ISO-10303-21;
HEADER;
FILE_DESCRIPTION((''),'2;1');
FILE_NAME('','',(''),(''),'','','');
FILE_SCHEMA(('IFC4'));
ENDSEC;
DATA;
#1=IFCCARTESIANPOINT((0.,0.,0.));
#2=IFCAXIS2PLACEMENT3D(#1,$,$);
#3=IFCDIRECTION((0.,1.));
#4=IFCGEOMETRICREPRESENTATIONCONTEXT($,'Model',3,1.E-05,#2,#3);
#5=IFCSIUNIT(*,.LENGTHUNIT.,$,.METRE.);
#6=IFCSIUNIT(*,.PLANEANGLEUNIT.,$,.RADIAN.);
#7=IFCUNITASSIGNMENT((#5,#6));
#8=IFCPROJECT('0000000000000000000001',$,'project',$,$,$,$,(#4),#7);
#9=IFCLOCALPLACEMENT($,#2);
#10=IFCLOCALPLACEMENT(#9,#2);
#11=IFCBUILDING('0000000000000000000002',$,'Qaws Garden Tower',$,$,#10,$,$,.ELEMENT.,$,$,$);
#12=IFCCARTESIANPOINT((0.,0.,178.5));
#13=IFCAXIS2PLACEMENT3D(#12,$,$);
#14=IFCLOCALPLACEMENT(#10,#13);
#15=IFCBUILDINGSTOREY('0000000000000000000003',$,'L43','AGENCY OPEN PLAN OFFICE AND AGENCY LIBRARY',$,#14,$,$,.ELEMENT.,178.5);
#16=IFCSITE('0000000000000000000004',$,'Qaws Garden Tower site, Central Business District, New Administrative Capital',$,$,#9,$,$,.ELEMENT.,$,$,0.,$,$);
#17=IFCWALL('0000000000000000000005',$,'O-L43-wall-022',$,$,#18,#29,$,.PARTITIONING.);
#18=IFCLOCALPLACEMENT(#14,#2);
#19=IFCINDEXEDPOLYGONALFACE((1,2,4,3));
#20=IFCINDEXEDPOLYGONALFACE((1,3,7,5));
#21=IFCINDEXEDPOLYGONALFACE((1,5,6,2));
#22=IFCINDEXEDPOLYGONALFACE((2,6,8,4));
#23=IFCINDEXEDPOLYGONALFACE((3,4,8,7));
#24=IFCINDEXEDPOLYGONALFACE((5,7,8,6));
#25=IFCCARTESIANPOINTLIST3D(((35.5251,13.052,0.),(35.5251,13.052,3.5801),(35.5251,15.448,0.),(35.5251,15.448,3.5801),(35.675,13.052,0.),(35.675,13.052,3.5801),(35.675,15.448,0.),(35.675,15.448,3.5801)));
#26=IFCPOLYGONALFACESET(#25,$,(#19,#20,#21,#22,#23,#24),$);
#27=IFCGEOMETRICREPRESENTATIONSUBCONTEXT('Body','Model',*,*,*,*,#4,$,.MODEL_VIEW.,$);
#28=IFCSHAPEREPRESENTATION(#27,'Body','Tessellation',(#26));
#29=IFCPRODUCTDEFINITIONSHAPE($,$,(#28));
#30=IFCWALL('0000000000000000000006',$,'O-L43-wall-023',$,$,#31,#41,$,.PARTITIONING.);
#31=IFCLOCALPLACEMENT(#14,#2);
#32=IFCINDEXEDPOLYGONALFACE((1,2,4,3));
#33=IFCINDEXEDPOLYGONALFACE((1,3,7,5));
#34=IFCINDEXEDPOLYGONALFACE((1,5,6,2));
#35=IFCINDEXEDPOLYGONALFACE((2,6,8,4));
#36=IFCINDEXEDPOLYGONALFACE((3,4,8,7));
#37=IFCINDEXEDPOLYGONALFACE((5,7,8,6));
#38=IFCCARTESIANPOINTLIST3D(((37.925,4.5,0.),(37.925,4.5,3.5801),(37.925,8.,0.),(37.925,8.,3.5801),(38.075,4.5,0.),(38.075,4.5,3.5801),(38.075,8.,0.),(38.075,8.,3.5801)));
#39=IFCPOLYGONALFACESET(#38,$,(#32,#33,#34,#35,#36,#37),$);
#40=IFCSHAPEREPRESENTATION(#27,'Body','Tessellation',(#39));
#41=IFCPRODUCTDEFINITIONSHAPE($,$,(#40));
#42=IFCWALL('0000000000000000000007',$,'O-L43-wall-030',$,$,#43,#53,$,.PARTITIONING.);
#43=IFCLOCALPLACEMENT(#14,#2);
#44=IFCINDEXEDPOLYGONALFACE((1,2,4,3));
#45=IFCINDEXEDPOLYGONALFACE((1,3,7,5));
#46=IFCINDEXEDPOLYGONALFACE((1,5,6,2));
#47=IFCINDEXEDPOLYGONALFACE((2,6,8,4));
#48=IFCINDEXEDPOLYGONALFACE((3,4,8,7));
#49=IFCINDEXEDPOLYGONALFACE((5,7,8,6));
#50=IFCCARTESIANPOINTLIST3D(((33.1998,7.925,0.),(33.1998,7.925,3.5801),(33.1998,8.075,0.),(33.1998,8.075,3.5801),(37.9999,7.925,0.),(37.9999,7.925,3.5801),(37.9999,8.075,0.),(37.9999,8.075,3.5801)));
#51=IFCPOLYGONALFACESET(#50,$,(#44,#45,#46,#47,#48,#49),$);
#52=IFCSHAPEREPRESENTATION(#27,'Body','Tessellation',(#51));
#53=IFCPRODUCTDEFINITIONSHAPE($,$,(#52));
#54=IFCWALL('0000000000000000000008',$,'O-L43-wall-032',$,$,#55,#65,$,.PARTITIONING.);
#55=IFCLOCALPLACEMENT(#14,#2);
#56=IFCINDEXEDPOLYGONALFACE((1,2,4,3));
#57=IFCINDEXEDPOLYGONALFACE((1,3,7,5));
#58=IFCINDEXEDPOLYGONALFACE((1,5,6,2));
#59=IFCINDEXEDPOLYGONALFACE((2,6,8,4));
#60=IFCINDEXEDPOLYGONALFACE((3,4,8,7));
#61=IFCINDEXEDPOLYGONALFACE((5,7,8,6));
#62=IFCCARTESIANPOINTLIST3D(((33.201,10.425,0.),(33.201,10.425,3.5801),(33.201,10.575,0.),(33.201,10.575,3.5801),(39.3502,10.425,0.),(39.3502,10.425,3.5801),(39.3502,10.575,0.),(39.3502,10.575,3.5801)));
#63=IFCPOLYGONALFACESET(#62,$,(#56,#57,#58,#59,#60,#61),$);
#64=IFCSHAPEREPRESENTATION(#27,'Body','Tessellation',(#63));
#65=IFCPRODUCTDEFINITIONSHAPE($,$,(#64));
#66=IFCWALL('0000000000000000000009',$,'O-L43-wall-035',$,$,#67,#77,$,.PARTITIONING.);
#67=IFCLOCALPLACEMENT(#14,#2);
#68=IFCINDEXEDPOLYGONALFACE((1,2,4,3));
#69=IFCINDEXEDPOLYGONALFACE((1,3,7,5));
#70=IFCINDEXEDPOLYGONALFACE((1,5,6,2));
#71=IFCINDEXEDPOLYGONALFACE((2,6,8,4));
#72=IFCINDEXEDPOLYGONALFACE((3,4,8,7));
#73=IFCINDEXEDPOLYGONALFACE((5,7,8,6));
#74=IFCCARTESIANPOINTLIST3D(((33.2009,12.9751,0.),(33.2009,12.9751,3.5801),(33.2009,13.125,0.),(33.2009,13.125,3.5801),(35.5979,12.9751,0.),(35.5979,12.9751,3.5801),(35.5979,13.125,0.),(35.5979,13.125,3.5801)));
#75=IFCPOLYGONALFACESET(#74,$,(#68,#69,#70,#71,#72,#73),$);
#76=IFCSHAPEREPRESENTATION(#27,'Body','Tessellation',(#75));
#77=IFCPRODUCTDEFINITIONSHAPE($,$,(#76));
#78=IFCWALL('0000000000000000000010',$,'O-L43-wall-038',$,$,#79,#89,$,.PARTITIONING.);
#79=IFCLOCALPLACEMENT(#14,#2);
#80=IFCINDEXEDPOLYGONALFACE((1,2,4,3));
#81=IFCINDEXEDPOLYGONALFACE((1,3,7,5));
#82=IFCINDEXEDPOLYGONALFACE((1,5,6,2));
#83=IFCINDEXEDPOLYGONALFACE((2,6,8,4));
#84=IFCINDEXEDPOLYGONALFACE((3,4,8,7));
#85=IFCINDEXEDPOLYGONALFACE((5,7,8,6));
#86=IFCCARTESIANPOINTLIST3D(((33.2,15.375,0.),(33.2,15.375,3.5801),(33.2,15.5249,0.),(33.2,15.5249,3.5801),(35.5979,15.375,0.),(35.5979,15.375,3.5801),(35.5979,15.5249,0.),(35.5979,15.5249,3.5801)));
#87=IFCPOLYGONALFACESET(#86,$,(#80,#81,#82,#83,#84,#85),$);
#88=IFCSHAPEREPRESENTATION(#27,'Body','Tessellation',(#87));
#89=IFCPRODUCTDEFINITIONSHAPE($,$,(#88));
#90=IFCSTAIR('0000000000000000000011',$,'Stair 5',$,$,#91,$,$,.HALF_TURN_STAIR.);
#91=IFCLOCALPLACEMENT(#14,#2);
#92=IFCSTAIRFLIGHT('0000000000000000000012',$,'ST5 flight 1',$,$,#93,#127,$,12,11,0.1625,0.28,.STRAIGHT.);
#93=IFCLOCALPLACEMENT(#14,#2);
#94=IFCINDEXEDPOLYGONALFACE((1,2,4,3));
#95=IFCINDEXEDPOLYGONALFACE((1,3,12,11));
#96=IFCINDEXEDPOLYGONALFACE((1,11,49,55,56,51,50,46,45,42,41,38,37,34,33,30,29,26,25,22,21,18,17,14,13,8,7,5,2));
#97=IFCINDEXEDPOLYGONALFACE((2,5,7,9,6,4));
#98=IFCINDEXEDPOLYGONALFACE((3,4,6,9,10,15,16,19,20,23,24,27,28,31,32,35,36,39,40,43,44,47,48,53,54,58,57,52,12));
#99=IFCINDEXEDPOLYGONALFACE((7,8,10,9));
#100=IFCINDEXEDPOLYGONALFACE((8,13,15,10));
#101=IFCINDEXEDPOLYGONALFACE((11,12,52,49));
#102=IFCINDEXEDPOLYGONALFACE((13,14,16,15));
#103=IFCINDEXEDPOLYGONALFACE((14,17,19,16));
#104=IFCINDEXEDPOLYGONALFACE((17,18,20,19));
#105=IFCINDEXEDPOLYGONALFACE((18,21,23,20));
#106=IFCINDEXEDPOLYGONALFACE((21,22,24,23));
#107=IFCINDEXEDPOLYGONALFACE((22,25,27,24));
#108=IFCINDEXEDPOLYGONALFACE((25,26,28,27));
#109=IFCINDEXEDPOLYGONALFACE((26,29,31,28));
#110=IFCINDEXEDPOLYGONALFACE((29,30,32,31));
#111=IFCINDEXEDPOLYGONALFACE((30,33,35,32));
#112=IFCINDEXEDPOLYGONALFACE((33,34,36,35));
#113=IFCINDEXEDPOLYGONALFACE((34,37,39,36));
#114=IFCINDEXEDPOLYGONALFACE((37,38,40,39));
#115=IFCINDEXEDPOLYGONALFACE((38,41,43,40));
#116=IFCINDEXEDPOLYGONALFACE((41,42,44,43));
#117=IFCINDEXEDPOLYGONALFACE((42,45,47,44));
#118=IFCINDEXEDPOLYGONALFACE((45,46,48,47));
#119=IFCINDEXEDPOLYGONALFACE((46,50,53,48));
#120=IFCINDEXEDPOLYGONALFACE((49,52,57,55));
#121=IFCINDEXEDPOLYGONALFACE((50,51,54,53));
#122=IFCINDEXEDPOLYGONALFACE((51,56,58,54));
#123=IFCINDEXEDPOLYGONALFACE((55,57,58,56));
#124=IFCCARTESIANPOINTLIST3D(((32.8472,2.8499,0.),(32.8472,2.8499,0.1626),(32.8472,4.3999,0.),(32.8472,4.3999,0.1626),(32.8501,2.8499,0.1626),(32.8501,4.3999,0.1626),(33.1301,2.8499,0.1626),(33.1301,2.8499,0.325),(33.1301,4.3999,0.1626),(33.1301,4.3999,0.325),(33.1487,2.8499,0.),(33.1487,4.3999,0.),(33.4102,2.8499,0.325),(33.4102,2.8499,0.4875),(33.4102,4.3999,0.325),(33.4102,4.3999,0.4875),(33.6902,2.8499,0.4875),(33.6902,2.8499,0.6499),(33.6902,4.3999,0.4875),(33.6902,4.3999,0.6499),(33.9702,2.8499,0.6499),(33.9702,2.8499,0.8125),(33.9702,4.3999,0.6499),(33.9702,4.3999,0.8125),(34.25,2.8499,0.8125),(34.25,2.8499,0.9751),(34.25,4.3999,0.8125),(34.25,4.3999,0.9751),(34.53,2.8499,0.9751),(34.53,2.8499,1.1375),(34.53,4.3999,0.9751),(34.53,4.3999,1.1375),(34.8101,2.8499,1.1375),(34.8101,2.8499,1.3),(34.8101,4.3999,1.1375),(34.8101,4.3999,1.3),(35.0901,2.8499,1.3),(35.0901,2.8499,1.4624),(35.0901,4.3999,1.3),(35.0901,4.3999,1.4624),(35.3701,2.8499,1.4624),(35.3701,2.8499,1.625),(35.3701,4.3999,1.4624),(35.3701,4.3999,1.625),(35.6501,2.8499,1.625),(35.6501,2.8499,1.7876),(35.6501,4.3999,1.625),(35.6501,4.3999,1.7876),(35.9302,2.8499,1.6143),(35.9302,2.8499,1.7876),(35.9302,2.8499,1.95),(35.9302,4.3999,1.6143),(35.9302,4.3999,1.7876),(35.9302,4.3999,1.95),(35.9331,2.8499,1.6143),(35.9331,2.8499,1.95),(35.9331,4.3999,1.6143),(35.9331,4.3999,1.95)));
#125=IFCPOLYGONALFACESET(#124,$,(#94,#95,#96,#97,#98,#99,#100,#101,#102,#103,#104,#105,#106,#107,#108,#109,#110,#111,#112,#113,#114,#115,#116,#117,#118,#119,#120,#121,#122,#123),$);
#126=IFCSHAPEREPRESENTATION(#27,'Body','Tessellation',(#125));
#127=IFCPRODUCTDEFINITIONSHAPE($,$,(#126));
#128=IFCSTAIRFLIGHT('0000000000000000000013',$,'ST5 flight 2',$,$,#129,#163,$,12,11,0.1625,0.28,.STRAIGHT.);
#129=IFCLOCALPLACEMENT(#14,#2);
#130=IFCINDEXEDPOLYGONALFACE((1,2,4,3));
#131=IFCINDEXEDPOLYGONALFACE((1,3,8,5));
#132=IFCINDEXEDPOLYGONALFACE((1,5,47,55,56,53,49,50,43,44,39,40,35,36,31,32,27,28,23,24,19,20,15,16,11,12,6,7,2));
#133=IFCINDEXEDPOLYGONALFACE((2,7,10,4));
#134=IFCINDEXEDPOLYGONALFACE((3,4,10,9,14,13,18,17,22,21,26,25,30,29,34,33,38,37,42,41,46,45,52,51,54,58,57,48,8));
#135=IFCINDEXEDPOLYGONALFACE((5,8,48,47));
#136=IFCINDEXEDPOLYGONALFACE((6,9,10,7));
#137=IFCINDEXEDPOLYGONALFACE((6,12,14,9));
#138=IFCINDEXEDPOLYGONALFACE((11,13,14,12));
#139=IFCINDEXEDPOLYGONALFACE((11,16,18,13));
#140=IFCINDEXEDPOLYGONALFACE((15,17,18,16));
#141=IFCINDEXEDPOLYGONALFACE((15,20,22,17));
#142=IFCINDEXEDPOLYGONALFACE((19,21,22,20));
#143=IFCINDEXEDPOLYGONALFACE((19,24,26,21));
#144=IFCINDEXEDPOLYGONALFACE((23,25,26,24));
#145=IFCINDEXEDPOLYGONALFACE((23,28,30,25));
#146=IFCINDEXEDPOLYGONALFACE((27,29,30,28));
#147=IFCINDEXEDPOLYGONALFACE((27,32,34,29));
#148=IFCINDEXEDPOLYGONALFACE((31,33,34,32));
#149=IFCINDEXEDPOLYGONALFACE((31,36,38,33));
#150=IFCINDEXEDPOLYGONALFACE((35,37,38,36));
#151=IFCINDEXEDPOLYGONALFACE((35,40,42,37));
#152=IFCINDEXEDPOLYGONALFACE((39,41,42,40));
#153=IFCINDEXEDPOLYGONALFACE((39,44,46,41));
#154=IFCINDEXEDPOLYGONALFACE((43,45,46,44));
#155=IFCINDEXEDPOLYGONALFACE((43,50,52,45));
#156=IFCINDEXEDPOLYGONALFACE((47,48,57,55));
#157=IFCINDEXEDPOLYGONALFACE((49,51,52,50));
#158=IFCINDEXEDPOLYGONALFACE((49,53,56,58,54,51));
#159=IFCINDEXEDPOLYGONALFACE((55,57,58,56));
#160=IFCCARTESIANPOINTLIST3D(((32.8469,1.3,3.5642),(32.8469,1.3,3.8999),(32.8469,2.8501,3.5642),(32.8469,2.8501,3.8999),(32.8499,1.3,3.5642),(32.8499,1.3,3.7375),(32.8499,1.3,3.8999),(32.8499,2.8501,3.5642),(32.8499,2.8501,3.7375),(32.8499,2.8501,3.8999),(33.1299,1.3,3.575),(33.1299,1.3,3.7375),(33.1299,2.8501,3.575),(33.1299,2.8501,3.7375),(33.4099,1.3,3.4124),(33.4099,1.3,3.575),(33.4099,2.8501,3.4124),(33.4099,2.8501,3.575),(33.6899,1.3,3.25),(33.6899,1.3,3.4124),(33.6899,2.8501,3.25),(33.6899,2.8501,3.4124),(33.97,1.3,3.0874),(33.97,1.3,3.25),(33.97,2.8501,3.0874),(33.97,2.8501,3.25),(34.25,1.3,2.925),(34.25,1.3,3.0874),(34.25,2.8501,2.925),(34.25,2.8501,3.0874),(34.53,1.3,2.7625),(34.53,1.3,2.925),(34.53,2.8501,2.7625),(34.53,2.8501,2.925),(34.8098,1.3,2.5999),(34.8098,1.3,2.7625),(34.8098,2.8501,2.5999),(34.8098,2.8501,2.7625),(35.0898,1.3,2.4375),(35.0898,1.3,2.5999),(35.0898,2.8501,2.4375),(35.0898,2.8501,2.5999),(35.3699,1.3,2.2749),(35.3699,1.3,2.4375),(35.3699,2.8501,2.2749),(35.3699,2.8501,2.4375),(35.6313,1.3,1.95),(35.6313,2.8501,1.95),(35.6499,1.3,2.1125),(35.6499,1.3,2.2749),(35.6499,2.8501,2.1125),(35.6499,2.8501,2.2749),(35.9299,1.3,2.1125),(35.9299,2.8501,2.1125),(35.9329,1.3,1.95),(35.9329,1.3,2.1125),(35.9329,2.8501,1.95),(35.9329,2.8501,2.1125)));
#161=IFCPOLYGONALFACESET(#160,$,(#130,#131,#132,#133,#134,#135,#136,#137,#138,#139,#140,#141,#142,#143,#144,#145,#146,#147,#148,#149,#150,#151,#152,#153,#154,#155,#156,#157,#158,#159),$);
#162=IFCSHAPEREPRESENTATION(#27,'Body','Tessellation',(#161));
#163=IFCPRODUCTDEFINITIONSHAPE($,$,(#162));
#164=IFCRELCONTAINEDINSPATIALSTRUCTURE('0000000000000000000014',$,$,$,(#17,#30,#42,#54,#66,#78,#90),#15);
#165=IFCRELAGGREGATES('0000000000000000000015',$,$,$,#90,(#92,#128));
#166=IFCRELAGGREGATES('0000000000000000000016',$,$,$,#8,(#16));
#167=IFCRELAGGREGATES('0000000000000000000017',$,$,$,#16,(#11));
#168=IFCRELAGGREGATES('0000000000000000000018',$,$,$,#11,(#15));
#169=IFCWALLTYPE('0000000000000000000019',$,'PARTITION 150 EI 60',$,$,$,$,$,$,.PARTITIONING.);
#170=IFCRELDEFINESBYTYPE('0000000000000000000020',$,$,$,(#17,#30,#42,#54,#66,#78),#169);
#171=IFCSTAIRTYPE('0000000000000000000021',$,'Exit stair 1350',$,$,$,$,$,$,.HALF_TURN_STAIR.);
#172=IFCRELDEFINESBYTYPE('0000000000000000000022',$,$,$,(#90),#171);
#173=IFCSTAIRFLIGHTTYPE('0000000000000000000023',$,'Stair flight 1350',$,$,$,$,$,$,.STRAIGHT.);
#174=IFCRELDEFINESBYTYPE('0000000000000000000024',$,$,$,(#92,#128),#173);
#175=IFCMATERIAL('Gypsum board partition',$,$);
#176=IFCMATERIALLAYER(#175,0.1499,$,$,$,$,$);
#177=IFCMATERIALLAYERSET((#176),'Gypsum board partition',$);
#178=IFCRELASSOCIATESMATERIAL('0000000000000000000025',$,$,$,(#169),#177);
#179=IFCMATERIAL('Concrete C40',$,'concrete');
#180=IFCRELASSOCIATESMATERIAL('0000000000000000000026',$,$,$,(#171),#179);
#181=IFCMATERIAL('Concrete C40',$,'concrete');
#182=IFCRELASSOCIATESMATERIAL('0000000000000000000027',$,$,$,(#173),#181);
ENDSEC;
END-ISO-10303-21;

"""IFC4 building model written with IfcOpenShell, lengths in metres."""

from ifc_helpers import new_model, si_unit, direction, frame, frame_2d, origin, place, context, subcontext, project, spatial, polyline, rectangle, outline, extrude, material, layer, layer_set, type_object, element, aggregate, save


model = new_model("IFC4")

# Units and contexts
model_context = context("Model", 3, precision=1e-05, world=origin(), true_north=direction((0.0, 1.0)))
body_context = subcontext(model_context, "Body", "Model", "MODEL_VIEW")
ifc_project = project(units=[si_unit("LENGTHUNIT", "METRE"), si_unit("PLANEANGLEUNIT", "RADIAN")], contexts=[model_context])

# Site, building, storey
site_placement = place(None, origin())
site = spatial("IfcSite", under=ifc_project, at=site_placement, Name="Qaws Garden Tower site, Central Business District, New Administrative Capital", CompositionType="ELEMENT", RefElevation=0.0)
building_placement = place(site_placement, origin())
building = spatial("IfcBuilding", under=site, at=building_placement, Name="Qaws Garden Tower", CompositionType="ELEMENT")
storey_placement = place(building_placement, frame((0.0, 0.0, 178.5)))
storey = spatial("IfcBuildingStorey", under=building, at=storey_placement, Name="L43", Description="AGENCY OPEN PLAN OFFICE AND AGENCY LIBRARY", CompositionType="ELEMENT", Elevation=178.5)

# Shared definitions
ifc_material_1 = material(Name="Gypsum board partition")
ifc_layer_1 = layer(ifc_material_1, 0.1499)
ifc_layer_set_1 = layer_set([ifc_layer_1], Name="Gypsum board partition")
wall_type_1 = type_object("IfcWallType", Name="PARTITION 150 EI 60", PredefinedType="PARTITIONING", material=ifc_layer_set_1)

# Walls
wall_1_placement = place(storey_placement, frame((35.6001, 13.052, 0.0), z_axis=(0.0, 0.0, 1.0), x_axis=(0.0, 1.0, 0.0)))
element("IfcWall", 1, at=wall_1_placement, inside=storey, type_object=wall_type_1, Name="O-L43-wall-022", PredefinedType="PARTITIONING", context=body_context, shape_type="SweptSolid", body=[
    extrude(rectangle(XDim=2.396, YDim=0.1499, at=frame_2d((1.198, 0.0))), origin(), (0.0, 0.0, 1.0), 3.5801),
])
wall_2_placement = place(storey_placement, frame((38.0, 4.5, 0.0), z_axis=(0.0, 0.0, 1.0), x_axis=(0.0, 1.0, 0.0)))
element("IfcWall", 2, at=wall_2_placement, inside=storey, type_object=wall_type_1, Name="O-L43-wall-023", PredefinedType="PARTITIONING", context=body_context, shape_type="SweptSolid", body=[
    extrude(rectangle(XDim=3.5, YDim=0.1499, at=frame_2d((1.75, 0.0))), origin(), (0.0, 0.0, 1.0), 3.5801),
])
wall_3_placement = place(storey_placement, frame((33.2, 8.0, 0.0), z_axis=(0.0, 0.0, 1.0), x_axis=(1.0, 0.0, 0.0)))
element("IfcWall", 3, at=wall_3_placement, inside=storey, type_object=wall_type_1, Name="O-L43-wall-030", PredefinedType="PARTITIONING", context=body_context, shape_type="SweptSolid", body=[
    extrude(rectangle(XDim=4.8, YDim=0.1499, at=frame_2d((2.3999, 0.0))), origin(), (0.0, 0.0, 1.0), 3.5801),
])
wall_4_placement = place(storey_placement, frame((33.2009, 10.5, 0.0), z_axis=(0.0, 0.0, 1.0), x_axis=(1.0, 0.0, 0.0)))
element("IfcWall", 4, at=wall_4_placement, inside=storey, type_object=wall_type_1, Name="O-L43-wall-032", PredefinedType="PARTITIONING", context=body_context, shape_type="SweptSolid", body=[
    extrude(rectangle(XDim=6.1492, YDim=0.1499, at=frame_2d((3.0747, 0.0))), origin(), (0.0, 0.0, 1.0), 3.5801),
])
wall_5_placement = place(storey_placement, frame((33.2009, 13.05, 0.0), z_axis=(0.0, 0.0, 1.0), x_axis=(1.0, 0.0, 0.0)))
element("IfcWall", 5, at=wall_5_placement, inside=storey, type_object=wall_type_1, Name="O-L43-wall-035", PredefinedType="PARTITIONING", context=body_context, shape_type="SweptSolid", body=[
    extrude(rectangle(XDim=2.397, YDim=0.1499, at=frame_2d((1.1985, 0.0))), origin(), (0.0, 0.0, 1.0), 3.5801),
])
wall_6_placement = place(storey_placement, frame((33.2, 15.45, 0.0), z_axis=(0.0, 0.0, 1.0), x_axis=(1.0, 0.0, 0.0)))
element("IfcWall", 6, at=wall_6_placement, inside=storey, type_object=wall_type_1, Name="O-L43-wall-038", PredefinedType="PARTITIONING", context=body_context, shape_type="SweptSolid", body=[
    extrude(rectangle(XDim=2.3979, YDim=0.1499, at=frame_2d((1.199, 0.0))), origin(), (0.0, 0.0, 1.0), 3.5801),
])

# Stair, stair flights
ifc_material_2 = material(Name="Concrete C40", Category="concrete")
stair_type = type_object("IfcStairType", Name="Exit stair 1350", PredefinedType="HALF_TURN_STAIR", material=ifc_material_2)
stair_placement = place(storey_placement, origin())
stair = element("IfcStair", 7, at=stair_placement, inside=storey, type_object=stair_type, Name="Stair 5", PredefinedType="HALF_TURN_STAIR")
ifc_material_3 = material(Name="Concrete C40", Category="concrete")
stair_flight_type = type_object("IfcStairFlightType", Name="Stair flight 1350", PredefinedType="STRAIGHT", material=ifc_material_3)
stair_flight_1_placement = place(storey_placement, frame((32.8501, 3.625, 0.0), z_axis=(0.0, 0.0, 1.0), x_axis=(1.0, 0.0, 0.0)))
stair_flight_1 = element("IfcStairFlight", 8, at=stair_flight_1_placement, type_object=stair_flight_type, Name="ST5 flight 1", NumberOfRisers=12, NumberOfTreads=11, PredefinedType="STRAIGHT", RiserHeight=0.1625, TreadLength=0.28, context=body_context, shape_type="SweptSolid", body=[
    extrude(outline(polyline([(-0.0029, 0.0), (-0.0029, 0.1626), (0.0, 0.1626), (0.28, 0.1626), (0.28, 0.325), (0.5601, 0.325), (0.5601, 0.4875), (0.8401, 0.4875), (0.8401, 0.6499), (1.1201, 0.6499), (1.1201, 0.8125), (1.3999, 0.8125), (1.3999, 0.9751), (1.6799, 0.9751), (1.6799, 1.1375), (1.96, 1.1375), (1.96, 1.3), (2.24, 1.3), (2.24, 1.4624), (2.52, 1.4624), (2.52, 1.625), (2.8, 1.625), (2.8, 1.7876), (3.0801, 1.7876), (3.0801, 1.95), (3.083, 1.95), (3.083, 1.6143), (3.0801, 1.6143), (0.2986, 0.0), (-0.0029, 0.0)])), frame((0.0, 0.7749, 0.0), z_axis=(0.0, -1.0, 0.0), x_axis=(1.0, 0.0, 0.0)), (0.0, 0.0, 1.0), 1.55),
])
stair_flight_2_placement = place(storey_placement, frame((35.9299, 2.075, 1.95), z_axis=(0.0, 0.0, 1.0), x_axis=(-1.0, 0.0, 0.0)))
stair_flight_2 = element("IfcStairFlight", 9, at=stair_flight_2_placement, type_object=stair_flight_type, Name="ST5 flight 2", NumberOfRisers=12, NumberOfTreads=11, PredefinedType="STRAIGHT", RiserHeight=0.1625, TreadLength=0.28, context=body_context, shape_type="SweptSolid", body=[
    extrude(outline(polyline([(-0.0029, 0.0), (-0.0029, 0.1626), (0.0, 0.1626), (0.28, 0.1626), (0.28, 0.325), (0.5601, 0.325), (0.5601, 0.4875), (0.8401, 0.4875), (0.8401, 0.6499), (1.1201, 0.6499), (1.1201, 0.8125), (1.3999, 0.8125), (1.3999, 0.9751), (1.6799, 0.9751), (1.6799, 1.1375), (1.96, 1.1375), (1.96, 1.3), (2.24, 1.3), (2.24, 1.4624), (2.52, 1.4624), (2.52, 1.625), (2.8, 1.625), (2.8, 1.7876), (3.0801, 1.7876), (3.0801, 1.95), (3.083, 1.95), (3.083, 1.6143), (3.0801, 1.6143), (0.2986, 0.0), (-0.0029, 0.0)])), frame((0.0, 0.7749, 0.0), z_axis=(0.0, -1.0, 0.0), x_axis=(1.0, 0.0, 0.0)), (0.0, 0.0, 1.0), 1.55),
])
aggregate(stair, [stair_flight_1, stair_flight_2])

save(model, "model.ifc")
